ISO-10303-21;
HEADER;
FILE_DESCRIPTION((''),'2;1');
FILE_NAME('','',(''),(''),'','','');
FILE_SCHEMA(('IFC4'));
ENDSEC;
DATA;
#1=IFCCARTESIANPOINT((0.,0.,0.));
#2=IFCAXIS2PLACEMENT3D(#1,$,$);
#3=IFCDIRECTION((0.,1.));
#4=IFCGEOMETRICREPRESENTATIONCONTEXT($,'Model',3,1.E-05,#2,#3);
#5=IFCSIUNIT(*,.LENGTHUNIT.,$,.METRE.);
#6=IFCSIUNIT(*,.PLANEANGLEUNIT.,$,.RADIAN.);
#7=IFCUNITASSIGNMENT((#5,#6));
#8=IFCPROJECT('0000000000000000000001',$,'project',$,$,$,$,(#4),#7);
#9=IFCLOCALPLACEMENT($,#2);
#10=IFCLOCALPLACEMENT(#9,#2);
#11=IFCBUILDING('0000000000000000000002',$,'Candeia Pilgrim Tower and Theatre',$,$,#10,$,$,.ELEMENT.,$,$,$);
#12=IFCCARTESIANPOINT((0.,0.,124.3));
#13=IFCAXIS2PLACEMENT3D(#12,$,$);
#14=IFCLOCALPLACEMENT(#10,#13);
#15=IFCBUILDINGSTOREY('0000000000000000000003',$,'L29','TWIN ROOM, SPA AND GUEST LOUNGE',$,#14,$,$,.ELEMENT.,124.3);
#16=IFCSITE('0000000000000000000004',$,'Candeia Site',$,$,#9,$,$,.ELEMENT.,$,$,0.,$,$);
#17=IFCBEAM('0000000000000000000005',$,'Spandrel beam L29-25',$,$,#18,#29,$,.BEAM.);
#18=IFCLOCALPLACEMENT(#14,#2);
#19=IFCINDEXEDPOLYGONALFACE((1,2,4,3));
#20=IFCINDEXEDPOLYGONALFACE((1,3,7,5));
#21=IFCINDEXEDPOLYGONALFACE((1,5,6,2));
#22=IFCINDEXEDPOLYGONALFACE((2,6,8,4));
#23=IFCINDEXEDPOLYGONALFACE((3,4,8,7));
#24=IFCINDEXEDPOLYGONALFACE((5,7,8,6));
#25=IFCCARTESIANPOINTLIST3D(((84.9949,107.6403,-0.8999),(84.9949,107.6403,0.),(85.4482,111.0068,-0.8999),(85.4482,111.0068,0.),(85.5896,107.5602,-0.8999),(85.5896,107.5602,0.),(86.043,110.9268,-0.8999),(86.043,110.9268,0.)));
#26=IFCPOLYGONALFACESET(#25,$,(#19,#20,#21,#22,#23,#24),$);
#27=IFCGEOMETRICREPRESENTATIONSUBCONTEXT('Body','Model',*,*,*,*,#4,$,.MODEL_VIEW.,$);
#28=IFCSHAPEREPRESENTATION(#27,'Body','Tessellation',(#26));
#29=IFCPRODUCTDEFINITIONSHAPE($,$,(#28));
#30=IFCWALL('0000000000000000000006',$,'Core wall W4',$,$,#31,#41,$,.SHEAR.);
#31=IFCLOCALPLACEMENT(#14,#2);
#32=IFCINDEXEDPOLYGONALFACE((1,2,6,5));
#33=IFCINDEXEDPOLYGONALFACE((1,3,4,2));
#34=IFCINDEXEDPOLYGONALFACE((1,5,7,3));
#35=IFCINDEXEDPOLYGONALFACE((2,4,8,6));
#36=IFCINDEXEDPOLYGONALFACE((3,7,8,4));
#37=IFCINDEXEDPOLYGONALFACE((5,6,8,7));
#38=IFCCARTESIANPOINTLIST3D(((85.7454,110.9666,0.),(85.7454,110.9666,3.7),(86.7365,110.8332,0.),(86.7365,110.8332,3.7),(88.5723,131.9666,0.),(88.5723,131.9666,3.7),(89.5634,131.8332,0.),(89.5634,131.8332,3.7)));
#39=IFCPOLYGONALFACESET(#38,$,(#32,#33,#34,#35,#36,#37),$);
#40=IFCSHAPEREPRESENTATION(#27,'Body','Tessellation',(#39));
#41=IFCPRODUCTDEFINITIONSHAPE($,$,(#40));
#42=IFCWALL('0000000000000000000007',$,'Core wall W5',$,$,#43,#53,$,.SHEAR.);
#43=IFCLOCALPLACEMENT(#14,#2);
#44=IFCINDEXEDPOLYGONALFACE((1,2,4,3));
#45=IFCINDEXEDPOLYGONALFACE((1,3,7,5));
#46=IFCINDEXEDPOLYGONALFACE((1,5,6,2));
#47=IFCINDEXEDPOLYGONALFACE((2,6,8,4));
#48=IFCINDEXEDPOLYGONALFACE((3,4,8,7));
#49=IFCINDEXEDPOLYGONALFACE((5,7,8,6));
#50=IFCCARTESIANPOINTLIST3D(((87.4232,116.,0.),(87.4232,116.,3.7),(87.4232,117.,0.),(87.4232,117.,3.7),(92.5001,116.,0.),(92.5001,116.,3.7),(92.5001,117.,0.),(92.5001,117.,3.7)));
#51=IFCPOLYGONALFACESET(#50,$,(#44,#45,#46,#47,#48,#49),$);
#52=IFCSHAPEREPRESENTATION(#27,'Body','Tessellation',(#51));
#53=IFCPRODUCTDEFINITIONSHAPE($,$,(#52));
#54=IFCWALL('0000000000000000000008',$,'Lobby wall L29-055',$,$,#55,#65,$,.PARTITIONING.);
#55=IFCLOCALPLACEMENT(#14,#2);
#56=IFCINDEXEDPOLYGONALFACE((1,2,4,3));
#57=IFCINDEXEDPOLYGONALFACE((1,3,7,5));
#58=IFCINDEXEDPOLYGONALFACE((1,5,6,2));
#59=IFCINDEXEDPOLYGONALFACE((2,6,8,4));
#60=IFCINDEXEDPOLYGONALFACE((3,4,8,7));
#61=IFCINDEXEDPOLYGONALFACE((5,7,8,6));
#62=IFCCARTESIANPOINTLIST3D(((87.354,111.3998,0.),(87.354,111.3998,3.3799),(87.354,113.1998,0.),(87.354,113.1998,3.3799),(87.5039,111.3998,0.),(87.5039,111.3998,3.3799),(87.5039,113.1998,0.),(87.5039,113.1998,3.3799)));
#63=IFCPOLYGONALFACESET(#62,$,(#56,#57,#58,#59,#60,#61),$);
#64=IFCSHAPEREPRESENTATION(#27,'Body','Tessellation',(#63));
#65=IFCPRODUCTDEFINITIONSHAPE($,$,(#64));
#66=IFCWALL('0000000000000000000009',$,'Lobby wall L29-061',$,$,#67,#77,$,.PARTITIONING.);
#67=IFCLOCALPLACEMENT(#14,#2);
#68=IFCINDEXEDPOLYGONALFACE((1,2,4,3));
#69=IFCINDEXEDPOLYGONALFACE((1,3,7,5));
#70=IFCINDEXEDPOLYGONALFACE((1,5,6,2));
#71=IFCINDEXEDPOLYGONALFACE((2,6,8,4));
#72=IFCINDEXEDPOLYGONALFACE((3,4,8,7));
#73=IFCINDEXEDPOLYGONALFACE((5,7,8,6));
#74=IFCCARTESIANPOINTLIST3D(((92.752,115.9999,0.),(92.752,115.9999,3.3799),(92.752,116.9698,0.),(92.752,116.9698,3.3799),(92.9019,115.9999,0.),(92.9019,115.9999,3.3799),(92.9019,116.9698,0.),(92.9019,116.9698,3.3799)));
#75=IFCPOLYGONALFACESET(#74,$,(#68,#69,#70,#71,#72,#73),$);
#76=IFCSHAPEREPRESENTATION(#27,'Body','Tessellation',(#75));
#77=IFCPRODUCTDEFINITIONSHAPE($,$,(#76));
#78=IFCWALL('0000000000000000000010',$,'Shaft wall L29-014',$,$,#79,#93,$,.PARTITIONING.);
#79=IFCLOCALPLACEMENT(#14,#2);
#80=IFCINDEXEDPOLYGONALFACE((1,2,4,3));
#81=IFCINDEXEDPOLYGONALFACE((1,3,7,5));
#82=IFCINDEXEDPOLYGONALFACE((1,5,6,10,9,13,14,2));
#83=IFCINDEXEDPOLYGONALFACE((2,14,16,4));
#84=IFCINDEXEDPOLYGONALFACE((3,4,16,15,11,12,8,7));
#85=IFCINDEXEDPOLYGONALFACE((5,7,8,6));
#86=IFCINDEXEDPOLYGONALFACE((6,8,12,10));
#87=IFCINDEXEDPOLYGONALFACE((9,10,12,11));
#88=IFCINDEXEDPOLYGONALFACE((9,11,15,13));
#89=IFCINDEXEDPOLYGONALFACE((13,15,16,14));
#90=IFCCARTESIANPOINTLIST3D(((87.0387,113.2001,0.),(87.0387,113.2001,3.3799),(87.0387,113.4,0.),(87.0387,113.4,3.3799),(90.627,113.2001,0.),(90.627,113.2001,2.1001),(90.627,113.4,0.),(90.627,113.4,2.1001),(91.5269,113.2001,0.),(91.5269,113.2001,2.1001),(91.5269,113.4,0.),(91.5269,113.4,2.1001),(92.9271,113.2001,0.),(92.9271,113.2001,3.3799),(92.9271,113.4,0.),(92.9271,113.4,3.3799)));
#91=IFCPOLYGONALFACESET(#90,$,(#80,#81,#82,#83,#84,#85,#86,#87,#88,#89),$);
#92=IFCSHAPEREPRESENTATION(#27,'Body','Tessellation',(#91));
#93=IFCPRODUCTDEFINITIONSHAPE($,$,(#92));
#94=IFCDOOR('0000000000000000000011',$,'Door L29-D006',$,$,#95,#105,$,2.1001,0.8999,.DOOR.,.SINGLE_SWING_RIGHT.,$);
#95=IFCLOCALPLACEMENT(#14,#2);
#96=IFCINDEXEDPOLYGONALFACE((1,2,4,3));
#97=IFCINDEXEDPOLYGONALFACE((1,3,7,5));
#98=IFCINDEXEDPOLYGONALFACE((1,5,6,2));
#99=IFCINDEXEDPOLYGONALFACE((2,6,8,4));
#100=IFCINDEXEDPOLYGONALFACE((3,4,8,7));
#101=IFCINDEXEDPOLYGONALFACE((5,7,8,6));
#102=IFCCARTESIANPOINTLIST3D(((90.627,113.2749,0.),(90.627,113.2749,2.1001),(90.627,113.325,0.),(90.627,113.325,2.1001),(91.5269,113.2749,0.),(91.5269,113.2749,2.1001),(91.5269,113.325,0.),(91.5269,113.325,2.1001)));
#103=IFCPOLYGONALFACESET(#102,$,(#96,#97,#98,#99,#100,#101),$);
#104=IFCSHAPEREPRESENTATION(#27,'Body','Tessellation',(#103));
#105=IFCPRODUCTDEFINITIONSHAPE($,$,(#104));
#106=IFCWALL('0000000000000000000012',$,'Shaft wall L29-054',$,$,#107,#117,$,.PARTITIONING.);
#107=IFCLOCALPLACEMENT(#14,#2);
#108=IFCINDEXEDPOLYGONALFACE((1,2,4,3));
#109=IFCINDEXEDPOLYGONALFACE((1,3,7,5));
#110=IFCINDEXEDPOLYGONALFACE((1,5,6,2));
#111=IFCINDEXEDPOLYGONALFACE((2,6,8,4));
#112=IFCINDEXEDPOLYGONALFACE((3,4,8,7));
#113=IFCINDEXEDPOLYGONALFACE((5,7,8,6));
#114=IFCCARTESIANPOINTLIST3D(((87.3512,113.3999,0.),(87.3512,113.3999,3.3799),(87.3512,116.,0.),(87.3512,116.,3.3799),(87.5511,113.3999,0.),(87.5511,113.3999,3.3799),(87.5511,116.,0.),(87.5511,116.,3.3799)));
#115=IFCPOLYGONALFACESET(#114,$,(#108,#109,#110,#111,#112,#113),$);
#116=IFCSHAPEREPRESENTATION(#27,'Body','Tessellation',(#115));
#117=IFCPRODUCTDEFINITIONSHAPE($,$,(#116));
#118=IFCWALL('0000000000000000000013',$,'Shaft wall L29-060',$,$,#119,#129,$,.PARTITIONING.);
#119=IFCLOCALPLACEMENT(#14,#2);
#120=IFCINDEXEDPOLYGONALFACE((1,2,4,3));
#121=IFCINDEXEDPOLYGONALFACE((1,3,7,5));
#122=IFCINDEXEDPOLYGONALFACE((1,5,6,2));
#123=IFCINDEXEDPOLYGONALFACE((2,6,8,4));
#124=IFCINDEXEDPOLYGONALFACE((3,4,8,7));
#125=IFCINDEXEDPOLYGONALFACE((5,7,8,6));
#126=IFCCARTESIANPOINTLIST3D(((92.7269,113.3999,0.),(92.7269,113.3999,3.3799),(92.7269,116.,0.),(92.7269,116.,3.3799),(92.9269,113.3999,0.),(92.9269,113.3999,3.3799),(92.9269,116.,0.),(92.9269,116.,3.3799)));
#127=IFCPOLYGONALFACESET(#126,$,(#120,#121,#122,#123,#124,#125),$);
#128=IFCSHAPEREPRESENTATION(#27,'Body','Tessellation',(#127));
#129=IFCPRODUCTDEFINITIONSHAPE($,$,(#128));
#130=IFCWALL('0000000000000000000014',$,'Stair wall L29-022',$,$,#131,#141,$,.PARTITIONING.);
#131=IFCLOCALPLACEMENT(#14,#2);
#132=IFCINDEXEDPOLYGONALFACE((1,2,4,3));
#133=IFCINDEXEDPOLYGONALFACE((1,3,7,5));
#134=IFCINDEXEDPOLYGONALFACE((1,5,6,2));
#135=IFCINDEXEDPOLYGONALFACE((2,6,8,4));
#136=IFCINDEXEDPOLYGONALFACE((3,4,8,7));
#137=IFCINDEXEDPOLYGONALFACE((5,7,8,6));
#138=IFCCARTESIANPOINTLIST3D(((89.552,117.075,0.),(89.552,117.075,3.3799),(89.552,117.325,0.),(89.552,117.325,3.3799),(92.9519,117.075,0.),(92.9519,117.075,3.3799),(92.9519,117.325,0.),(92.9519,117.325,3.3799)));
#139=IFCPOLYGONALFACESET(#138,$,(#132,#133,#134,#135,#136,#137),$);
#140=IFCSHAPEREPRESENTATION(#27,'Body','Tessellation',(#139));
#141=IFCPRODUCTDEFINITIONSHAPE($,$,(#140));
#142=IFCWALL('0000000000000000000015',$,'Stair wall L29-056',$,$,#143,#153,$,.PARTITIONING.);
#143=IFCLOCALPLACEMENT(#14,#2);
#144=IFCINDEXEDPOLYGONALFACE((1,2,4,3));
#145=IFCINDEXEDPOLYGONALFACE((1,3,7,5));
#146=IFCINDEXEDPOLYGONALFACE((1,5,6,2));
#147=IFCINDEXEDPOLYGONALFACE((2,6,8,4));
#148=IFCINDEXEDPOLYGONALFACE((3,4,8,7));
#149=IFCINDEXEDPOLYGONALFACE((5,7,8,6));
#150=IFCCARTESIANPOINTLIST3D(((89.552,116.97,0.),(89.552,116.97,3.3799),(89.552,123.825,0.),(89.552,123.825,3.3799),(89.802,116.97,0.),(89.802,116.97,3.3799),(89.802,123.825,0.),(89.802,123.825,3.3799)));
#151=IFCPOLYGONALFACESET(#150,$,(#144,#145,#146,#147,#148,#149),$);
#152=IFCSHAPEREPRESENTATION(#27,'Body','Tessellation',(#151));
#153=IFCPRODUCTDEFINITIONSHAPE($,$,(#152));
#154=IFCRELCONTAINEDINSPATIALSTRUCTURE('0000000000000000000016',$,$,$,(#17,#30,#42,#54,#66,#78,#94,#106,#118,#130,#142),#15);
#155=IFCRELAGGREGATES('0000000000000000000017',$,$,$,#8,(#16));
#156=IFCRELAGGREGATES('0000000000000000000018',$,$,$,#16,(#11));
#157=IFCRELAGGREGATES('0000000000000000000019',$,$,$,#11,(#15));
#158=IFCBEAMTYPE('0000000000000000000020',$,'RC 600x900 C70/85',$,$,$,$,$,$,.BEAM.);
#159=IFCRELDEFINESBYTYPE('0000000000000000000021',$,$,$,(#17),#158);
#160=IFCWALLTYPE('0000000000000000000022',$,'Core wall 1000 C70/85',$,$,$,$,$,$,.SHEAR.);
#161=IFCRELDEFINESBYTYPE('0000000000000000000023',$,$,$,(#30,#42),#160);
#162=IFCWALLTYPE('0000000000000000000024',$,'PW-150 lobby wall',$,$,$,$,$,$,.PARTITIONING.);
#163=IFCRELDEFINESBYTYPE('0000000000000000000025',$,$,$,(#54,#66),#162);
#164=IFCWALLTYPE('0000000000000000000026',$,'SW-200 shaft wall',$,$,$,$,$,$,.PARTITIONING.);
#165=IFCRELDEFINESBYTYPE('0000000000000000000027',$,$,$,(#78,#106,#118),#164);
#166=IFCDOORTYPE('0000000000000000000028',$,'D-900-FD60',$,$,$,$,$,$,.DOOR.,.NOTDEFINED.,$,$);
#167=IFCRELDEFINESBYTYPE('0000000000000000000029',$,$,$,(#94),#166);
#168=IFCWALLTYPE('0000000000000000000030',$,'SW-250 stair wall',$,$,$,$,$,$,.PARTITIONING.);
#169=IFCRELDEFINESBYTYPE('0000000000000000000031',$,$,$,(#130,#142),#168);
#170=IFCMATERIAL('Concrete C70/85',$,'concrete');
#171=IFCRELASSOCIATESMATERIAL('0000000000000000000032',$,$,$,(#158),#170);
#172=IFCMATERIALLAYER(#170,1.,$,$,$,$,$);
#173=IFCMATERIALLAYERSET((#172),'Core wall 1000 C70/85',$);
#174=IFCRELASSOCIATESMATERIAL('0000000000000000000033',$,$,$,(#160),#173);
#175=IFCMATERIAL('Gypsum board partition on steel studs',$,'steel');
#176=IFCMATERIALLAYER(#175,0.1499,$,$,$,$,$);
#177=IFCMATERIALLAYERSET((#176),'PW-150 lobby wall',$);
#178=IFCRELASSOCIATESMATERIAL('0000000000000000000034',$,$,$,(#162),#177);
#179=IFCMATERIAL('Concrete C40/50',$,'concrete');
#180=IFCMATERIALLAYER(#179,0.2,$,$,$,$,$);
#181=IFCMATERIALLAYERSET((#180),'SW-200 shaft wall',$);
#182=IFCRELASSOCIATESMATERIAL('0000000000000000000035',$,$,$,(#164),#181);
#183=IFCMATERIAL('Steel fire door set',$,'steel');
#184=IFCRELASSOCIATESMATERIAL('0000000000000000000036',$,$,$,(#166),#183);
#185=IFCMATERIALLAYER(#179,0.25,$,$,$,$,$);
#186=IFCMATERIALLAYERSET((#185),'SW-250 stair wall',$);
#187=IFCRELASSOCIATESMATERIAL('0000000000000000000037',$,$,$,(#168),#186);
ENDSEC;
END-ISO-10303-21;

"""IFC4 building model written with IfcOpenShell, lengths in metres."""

from ifc_helpers import new_model, si_unit, direction, frame, frame_2d, origin, origin_2d, place, context, subcontext, project, spatial, rectangle, extrude, material, layer, layer_set, material_profile, profile_set, type_object, element, fill, save


model = new_model("IFC4")

# Units and contexts
model_context = context("Model", 3, precision=1e-05, world=origin(), true_north=direction((0.0, 1.0)))
body_context = subcontext(model_context, "Body", "Model", "MODEL_VIEW")
ifc_project = project(units=[si_unit("LENGTHUNIT", "METRE"), si_unit("PLANEANGLEUNIT", "RADIAN")], contexts=[model_context])

# Site, building, storey
site_placement = place(None, origin())
site = spatial("IfcSite", under=ifc_project, at=site_placement, Name="Candeia Site", CompositionType="ELEMENT", RefElevation=0.0)
building_placement = place(site_placement, origin())
building = spatial("IfcBuilding", under=site, at=building_placement, Name="Candeia Pilgrim Tower and Theatre", CompositionType="ELEMENT")
storey_placement = place(building_placement, frame((0.0, 0.0, 124.3)))
storey = spatial("IfcBuildingStorey", under=building, at=storey_placement, Name="L29", Description="TWIN ROOM, SPA AND GUEST LOUNGE", CompositionType="ELEMENT", Elevation=124.3)

# Beam
ifc_material_1 = material(Name="Concrete C70/85", Category="concrete")
ifc_material_profile = material_profile(ifc_material_1, rectangle(XDim=0.6001, YDim=0.8999, at=origin_2d()))
ifc_profile_set = profile_set([ifc_material_profile], Name="Concrete C70/85")
beam_type = type_object("IfcBeamType", Name="RC 600x900 C70/85", PredefinedType="BEAM", material=ifc_profile_set)
beam_placement = place(storey_placement, frame((85.7456, 110.9668, -0.45), z_axis=(-0.133458, -0.991054, 0.0), x_axis=(0.991054, -0.133458, 0.0)))
element("IfcBeam", 1, at=beam_placement, inside=storey, type_object=beam_type, Name="Spandrel beam L29-25", PredefinedType="BEAM", context=body_context, shape_type="SweptSolid", body=[
    extrude(rectangle(XDim=0.6001, YDim=0.8999, at=origin_2d()), origin(), (0.0, 0.0, 1.0), 3.397),
])

# Walls
ifc_layer_1 = layer(ifc_material_1, 1.0)
ifc_layer_set_1 = layer_set([ifc_layer_1], Name="Core wall 1000 C70/85")
wall_type_1 = type_object("IfcWallType", Name="Core wall 1000 C70/85", PredefinedType="SHEAR", material=ifc_layer_set_1)
wall_1_placement = place(storey_placement, frame((86.241, 110.8999, 0.0), z_axis=(0.0, 0.0, 1.0), x_axis=(0.133411, 0.991061, 0.0)))
element("IfcWall", 2, at=wall_1_placement, inside=storey, type_object=wall_type_1, Name="Core wall W4", PredefinedType="SHEAR", context=body_context, shape_type="SweptSolid", body=[
    extrude(rectangle(XDim=21.1895, YDim=1.0, at=frame_2d((10.5947, 0.0))), origin(), (0.0, 0.0, 1.0), 3.7),
])
wall_2_placement = place(storey_placement, frame((87.4231, 116.5, 0.0), z_axis=(0.0, 0.0, 1.0), x_axis=(1.0, 0.0, 0.0)))
element("IfcWall", 3, at=wall_2_placement, inside=storey, type_object=wall_type_1, Name="Core wall W5", PredefinedType="SHEAR", context=body_context, shape_type="SweptSolid", body=[
    extrude(rectangle(XDim=5.0769, YDim=1.0, at=frame_2d((2.5386, 0.0))), origin(), (0.0, 0.0, 1.0), 3.7),
])
ifc_material_2 = material(Name="Gypsum board partition on steel studs", Category="steel")
ifc_layer_2 = layer(ifc_material_2, 0.1499)
ifc_layer_set_2 = layer_set([ifc_layer_2], Name="PW-150 lobby wall")
wall_type_2 = type_object("IfcWallType", Name="PW-150 lobby wall", PredefinedType="PARTITIONING", material=ifc_layer_set_2)
wall_3_placement = place(storey_placement, frame((87.429, 111.3999, 0.0), z_axis=(0.0, 0.0, 1.0), x_axis=(0.0, 1.0, 0.0)))
element("IfcWall", 4, at=wall_3_placement, inside=storey, type_object=wall_type_2, Name="Lobby wall L29-055", PredefinedType="PARTITIONING", context=body_context, shape_type="SweptSolid", body=[
    extrude(rectangle(XDim=1.8, YDim=0.1499, at=frame_2d((0.8999, 0.0))), origin(), (0.0, 0.0, 1.0), 3.3799),
])
wall_4_placement = place(storey_placement, frame((92.8269, 116.0, 0.0), z_axis=(0.0, 0.0, 1.0), x_axis=(0.0, 1.0, 0.0)))
element("IfcWall", 5, at=wall_4_placement, inside=storey, type_object=wall_type_2, Name="Lobby wall L29-061", PredefinedType="PARTITIONING", context=body_context, shape_type="SweptSolid", body=[
    extrude(rectangle(XDim=0.97, YDim=0.1499, at=frame_2d((0.4849, 0.0))), origin(), (0.0, 0.0, 1.0), 3.3799),
])

# Wall, opening, door
ifc_material_3 = material(Name="Concrete C40/50", Category="concrete")
ifc_layer_3 = layer(ifc_material_3, 0.2)
ifc_layer_set_3 = layer_set([ifc_layer_3], Name="SW-200 shaft wall")
wall_type_3 = type_object("IfcWallType", Name="SW-200 shaft wall", PredefinedType="PARTITIONING", material=ifc_layer_set_3)
wall_5_placement = place(storey_placement, frame((87.0386, 113.3, 0.0), z_axis=(0.0, 0.0, 1.0), x_axis=(1.0, 0.0, 0.0)))
wall_5 = element("IfcWall", 6, at=wall_5_placement, inside=storey, type_object=wall_type_3, Name="Shaft wall L29-014", PredefinedType="PARTITIONING", context=body_context, shape_type="SweptSolid", body=[
    extrude(rectangle(XDim=5.8884, YDim=0.2, at=frame_2d((2.9443, 0.0))), origin(), (0.0, 0.0, 1.0), 3.3799),
])
opening_placement = place(wall_5_placement, frame((3.5884, 0.0, 0.0)))
opening = element("IfcOpeningElement", 7, at=opening_placement, cuts=wall_5, PredefinedType="OPENING", context=body_context, shape_type="SweptSolid", body=[
    extrude(rectangle(XDim=0.8999, YDim=2.1001, at=frame_2d((0.45, 1.05))), frame((0.0, 0.1099, 0.0), z_axis=(0.0, -1.0, 0.0), x_axis=(1.0, 0.0, 0.0)), (0.0, 0.0, 1.0), 0.22),
])
ifc_material_4 = material(Name="Steel fire door set", Category="steel")
door_type = type_object("IfcDoorType", Name="D-900-FD60", OperationType="NOTDEFINED", PredefinedType="DOOR", material=ifc_material_4)
door_placement = place(opening_placement, origin())
door = element("IfcDoor", 8, at=door_placement, inside=storey, type_object=door_type, Name="Door L29-D006", OperationType="SINGLE_SWING_RIGHT", OverallHeight=2.1001, OverallWidth=0.8999, PredefinedType="DOOR", context=body_context, shape_type="SweptSolid", body=[
    extrude(rectangle(XDim=0.8999, YDim=2.1001, at=frame_2d((0.45, 1.05))), frame((0.0, 0.0249, 0.0), z_axis=(0.0, -1.0, 0.0), x_axis=(1.0, 0.0, 0.0)), (0.0, 0.0, 1.0), 0.05),
])
fill(opening, door)

# Walls
for number, where, z_axis, x_axis, name in (
    (9, (87.4512, 113.3999, 0.0), (0.0, 0.0, 1.0), (0.0, 1.0, 0.0), "Shaft wall L29-054"),
    (10, (92.8269, 113.3999, 0.0), (0.0, 0.0, 1.0), (0.0, 1.0, 0.0), "Shaft wall L29-060"),
):
    element("IfcWall", number, at=place(storey_placement, frame(where, z_axis=z_axis, x_axis=x_axis)), inside=storey, type_object=wall_type_3, Name=name, PredefinedType="PARTITIONING", context=body_context, shape_type="SweptSolid", body=[
        extrude(rectangle(XDim=2.6001, YDim=0.2, at=frame_2d((1.3, 0.0))), origin(), (0.0, 0.0, 1.0), 3.3799),
    ])
ifc_layer_4 = layer(ifc_material_3, 0.25)
ifc_layer_set_4 = layer_set([ifc_layer_4], Name="SW-250 stair wall")
wall_type_4 = type_object("IfcWallType", Name="SW-250 stair wall", PredefinedType="PARTITIONING", material=ifc_layer_set_4)
wall_6_placement = place(storey_placement, frame((89.552, 117.2, 0.0), z_axis=(0.0, 0.0, 1.0), x_axis=(1.0, 0.0, 0.0)))
element("IfcWall", 11, at=wall_6_placement, inside=storey, type_object=wall_type_4, Name="Stair wall L29-022", PredefinedType="PARTITIONING", context=body_context, shape_type="SweptSolid", body=[
    extrude(rectangle(XDim=3.3999, YDim=0.25, at=frame_2d((1.7, 0.0))), origin(), (0.0, 0.0, 1.0), 3.3799),
])
wall_7_placement = place(storey_placement, frame((89.677, 116.97, 0.0), z_axis=(0.0, 0.0, 1.0), x_axis=(0.0, 1.0, 0.0)))
element("IfcWall", 12, at=wall_7_placement, inside=storey, type_object=wall_type_4, Name="Stair wall L29-056", PredefinedType="PARTITIONING", context=body_context, shape_type="SweptSolid", body=[
    extrude(rectangle(XDim=6.855, YDim=0.25, at=frame_2d((3.4275, 0.0))), origin(), (0.0, 0.0, 1.0), 3.3799),
])

save(model, "model.ifc")
